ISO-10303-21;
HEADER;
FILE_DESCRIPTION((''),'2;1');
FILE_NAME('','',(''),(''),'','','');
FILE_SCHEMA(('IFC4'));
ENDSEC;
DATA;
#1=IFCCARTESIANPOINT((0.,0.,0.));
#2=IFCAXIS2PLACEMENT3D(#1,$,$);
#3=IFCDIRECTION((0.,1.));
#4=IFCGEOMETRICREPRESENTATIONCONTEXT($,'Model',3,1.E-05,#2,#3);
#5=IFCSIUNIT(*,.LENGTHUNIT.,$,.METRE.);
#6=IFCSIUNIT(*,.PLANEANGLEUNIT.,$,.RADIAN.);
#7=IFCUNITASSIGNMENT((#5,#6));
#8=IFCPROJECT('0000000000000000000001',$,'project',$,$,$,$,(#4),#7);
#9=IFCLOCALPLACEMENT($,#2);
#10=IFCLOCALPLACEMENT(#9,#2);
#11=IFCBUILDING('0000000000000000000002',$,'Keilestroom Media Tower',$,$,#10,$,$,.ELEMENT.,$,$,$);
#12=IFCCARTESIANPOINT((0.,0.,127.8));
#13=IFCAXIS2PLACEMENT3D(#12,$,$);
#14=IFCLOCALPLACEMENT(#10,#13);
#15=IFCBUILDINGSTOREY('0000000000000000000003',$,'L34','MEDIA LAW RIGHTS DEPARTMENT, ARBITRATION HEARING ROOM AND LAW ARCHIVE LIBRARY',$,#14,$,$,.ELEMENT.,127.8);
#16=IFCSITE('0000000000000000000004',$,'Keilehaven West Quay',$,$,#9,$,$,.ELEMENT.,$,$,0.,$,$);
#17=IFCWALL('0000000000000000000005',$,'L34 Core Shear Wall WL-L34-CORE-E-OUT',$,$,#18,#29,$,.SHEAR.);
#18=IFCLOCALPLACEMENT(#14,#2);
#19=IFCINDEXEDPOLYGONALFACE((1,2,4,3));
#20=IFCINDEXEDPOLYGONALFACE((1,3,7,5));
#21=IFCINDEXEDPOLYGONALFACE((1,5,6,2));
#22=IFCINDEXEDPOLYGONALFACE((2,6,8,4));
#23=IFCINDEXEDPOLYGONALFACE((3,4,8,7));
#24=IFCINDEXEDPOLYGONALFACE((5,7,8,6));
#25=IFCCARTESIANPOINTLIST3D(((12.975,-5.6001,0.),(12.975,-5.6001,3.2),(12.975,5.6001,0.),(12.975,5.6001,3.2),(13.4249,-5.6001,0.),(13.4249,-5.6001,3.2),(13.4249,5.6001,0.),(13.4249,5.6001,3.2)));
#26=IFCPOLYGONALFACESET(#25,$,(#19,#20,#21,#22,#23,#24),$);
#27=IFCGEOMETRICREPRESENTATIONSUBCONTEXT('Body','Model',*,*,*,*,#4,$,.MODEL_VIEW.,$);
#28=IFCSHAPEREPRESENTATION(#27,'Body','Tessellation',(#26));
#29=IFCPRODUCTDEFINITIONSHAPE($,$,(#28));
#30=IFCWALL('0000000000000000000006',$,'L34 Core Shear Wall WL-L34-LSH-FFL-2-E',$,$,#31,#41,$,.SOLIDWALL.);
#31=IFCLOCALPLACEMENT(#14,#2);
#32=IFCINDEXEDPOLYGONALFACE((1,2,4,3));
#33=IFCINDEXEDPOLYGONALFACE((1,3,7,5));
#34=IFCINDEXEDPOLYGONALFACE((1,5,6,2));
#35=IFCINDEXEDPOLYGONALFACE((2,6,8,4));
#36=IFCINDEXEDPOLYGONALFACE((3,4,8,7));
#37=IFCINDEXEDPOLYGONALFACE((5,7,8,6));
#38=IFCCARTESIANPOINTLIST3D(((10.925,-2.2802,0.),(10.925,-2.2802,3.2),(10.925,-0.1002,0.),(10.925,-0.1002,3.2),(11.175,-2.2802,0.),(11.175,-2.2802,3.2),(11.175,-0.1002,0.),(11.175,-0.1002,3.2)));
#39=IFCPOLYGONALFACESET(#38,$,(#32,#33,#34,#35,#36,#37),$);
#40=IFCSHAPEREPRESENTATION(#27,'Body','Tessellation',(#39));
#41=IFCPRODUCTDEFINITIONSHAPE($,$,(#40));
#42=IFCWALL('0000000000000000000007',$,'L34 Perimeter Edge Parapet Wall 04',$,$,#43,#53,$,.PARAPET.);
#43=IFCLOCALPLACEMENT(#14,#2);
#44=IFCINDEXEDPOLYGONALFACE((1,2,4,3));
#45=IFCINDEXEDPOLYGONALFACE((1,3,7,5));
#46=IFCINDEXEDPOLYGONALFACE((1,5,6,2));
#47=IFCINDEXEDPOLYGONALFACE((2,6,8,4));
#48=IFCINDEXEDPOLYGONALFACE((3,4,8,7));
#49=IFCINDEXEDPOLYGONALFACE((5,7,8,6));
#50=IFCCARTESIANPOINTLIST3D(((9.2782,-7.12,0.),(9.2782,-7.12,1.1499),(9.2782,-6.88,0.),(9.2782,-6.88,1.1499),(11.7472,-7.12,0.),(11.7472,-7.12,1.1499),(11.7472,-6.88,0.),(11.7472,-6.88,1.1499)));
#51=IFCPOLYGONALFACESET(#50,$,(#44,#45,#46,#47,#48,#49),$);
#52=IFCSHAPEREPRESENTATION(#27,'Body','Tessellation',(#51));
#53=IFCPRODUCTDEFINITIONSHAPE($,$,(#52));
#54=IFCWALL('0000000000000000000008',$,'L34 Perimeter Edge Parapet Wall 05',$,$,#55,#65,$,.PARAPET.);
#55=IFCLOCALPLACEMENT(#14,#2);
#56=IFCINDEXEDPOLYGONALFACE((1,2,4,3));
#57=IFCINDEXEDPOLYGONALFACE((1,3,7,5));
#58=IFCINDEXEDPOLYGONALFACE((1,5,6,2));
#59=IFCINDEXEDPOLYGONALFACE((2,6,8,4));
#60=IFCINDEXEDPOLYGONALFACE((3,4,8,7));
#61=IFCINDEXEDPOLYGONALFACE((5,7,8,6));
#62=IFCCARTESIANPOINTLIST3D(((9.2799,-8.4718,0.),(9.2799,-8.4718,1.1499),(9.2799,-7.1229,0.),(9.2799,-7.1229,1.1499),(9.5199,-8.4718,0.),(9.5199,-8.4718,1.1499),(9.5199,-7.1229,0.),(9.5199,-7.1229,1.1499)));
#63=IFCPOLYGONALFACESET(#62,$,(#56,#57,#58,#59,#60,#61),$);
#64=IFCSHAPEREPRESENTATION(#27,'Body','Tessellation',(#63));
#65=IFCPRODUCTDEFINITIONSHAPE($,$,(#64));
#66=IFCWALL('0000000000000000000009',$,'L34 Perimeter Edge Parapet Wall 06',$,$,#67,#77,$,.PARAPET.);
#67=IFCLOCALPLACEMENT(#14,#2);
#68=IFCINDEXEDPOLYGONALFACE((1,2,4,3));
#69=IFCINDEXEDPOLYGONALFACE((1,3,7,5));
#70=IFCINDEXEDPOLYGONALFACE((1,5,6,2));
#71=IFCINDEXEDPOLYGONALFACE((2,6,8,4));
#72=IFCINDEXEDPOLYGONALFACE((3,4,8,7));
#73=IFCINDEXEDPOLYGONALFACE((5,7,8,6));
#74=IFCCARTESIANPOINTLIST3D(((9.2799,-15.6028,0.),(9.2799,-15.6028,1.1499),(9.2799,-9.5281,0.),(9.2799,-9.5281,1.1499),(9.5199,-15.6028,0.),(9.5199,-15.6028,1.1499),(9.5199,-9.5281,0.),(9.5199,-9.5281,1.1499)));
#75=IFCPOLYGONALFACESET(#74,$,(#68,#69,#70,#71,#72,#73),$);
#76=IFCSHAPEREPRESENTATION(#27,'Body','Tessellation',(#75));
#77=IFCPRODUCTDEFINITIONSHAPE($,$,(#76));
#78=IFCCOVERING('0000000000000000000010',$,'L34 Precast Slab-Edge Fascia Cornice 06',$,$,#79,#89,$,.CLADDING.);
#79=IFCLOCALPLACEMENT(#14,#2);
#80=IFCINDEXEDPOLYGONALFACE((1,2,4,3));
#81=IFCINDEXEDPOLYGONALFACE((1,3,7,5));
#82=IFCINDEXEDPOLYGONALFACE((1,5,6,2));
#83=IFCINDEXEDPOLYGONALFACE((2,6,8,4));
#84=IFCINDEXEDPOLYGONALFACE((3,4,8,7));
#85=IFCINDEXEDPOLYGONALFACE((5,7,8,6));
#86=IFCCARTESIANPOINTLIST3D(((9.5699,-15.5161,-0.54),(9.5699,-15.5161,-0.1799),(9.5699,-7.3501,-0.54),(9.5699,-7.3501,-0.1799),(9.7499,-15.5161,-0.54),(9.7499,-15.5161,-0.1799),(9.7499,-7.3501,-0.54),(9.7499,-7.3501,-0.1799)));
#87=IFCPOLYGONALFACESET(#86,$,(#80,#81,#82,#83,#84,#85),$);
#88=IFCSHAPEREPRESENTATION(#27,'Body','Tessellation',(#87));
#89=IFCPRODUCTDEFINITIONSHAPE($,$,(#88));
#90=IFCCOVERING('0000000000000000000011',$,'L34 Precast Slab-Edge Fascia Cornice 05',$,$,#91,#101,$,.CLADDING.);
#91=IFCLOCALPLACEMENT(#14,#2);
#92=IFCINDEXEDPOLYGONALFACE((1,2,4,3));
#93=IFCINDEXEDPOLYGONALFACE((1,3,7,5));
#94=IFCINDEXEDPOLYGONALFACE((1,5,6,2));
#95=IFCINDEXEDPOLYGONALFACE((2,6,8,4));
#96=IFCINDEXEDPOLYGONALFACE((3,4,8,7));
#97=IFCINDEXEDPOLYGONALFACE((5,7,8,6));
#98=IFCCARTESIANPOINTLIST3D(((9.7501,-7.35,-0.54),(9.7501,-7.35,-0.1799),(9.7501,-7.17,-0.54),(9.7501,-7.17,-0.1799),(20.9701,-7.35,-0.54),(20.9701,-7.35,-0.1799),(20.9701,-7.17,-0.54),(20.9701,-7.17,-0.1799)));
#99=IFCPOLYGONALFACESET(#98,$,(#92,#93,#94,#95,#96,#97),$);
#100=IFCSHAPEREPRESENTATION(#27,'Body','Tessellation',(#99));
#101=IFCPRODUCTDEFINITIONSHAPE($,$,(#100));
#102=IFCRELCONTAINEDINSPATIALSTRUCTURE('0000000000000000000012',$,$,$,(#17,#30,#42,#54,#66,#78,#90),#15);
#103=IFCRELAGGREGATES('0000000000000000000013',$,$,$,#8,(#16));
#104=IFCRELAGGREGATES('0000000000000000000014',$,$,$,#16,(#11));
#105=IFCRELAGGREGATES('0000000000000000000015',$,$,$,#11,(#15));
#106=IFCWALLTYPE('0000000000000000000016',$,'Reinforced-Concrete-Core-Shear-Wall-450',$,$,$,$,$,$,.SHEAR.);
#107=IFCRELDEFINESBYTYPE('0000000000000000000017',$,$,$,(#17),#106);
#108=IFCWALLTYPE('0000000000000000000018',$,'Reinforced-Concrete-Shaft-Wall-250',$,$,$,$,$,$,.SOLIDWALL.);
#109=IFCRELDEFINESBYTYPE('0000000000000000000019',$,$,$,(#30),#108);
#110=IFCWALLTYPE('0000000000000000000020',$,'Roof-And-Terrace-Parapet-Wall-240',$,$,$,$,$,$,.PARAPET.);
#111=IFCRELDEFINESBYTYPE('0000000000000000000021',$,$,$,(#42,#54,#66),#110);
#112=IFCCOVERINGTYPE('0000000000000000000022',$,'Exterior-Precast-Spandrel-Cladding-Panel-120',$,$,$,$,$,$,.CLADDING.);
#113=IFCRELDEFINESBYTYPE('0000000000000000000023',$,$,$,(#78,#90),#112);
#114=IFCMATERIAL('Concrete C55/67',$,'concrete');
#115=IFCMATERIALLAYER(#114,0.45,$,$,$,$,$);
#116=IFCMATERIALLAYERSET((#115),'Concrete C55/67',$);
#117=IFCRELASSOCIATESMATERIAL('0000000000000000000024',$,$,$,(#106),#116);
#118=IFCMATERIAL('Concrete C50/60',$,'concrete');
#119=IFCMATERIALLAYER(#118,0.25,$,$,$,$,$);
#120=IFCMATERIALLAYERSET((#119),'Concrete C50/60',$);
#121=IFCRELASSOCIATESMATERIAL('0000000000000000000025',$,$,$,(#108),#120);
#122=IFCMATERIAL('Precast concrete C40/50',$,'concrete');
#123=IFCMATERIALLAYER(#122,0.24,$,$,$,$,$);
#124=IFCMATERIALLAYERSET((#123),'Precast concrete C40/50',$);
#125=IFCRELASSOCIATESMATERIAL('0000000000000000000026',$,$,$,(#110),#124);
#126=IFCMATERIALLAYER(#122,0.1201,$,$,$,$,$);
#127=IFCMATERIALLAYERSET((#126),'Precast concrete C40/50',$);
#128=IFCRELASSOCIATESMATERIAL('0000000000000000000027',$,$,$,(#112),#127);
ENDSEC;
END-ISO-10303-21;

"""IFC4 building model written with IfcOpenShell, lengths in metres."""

from ifc_helpers import new_model, si_unit, direction, frame, frame_2d, origin, origin_2d, place, context, subcontext, project, spatial, rectangle, extrude, source, transform, mapped, material, layer, layer_set, type_object, element, save


model = new_model("IFC4")

# Units and contexts
model_context = context("Model", 3, precision=1e-05, world=origin(), true_north=direction((0.0, 1.0)))
body_context = subcontext(model_context, "Body", "Model", "MODEL_VIEW")
ifc_project = project(units=[si_unit("LENGTHUNIT", "METRE"), si_unit("PLANEANGLEUNIT", "RADIAN")], contexts=[model_context])

# Site, building, storey
site_placement = place(None, origin())
site = spatial("IfcSite", under=ifc_project, at=site_placement, Name="Keilehaven West Quay", CompositionType="ELEMENT", RefElevation=0.0)
building_placement = place(site_placement, origin())
building = spatial("IfcBuilding", under=site, at=building_placement, Name="Keilestroom Media Tower", CompositionType="ELEMENT")
storey_placement = place(building_placement, frame((0.0, 0.0, 127.8)))
storey = spatial("IfcBuildingStorey", under=building, at=storey_placement, Name="L34", Description="MEDIA LAW RIGHTS DEPARTMENT, ARBITRATION HEARING ROOM AND LAW ARCHIVE LIBRARY", CompositionType="ELEMENT", Elevation=127.8)

# Shared definitions
ifc_material_1 = material(Name="Precast concrete C40/50", Category="concrete")
ifc_material_2 = material(Name="Concrete C55/67", Category="concrete")

# Walls
ifc_layer_1 = layer(ifc_material_2, 0.45)
ifc_layer_set_1 = layer_set([ifc_layer_1], Name="Concrete C55/67")
wall_type_1 = type_object("IfcWallType", Name="Reinforced-Concrete-Core-Shear-Wall-450", PredefinedType="SHEAR", material=ifc_layer_set_1)
wall_1_placement = place(storey_placement, frame((13.2, -5.6001, 0.0), z_axis=(0.0, 0.0, 1.0), x_axis=(0.0, 1.0, 0.0)))
element("IfcWall", 1, at=wall_1_placement, inside=storey, type_object=wall_type_1, Name="L34 Core Shear Wall WL-L34-CORE-E-OUT", PredefinedType="SHEAR", context=body_context, shape_type="SweptSolid", body=[
    extrude(rectangle(XDim=11.2002, YDim=0.45, at=frame_2d((5.6001, 0.0))), origin(), (0.0, 0.0, 1.0), 3.2),
])
ifc_material_3 = material(Name="Concrete C50/60", Category="concrete")
ifc_layer_2 = layer(ifc_material_3, 0.25)
ifc_layer_set_2 = layer_set([ifc_layer_2], Name="Concrete C50/60")
wall_type_2 = type_object("IfcWallType", Name="Reinforced-Concrete-Shaft-Wall-250", PredefinedType="SOLIDWALL", material=ifc_layer_set_2)
wall_2_placement = place(storey_placement, frame((11.05, -2.28, 0.0), z_axis=(0.0, 0.0, 1.0), x_axis=(0.0, 1.0, 0.0)))
element("IfcWall", 2, at=wall_2_placement, inside=storey, type_object=wall_type_2, Name="L34 Core Shear Wall WL-L34-LSH-FFL-2-E", PredefinedType="SOLIDWALL", context=body_context, shape_type="SweptSolid", body=[
    extrude(rectangle(XDim=2.1799, YDim=0.25, at=frame_2d((1.0898, 0.0))), origin(), (0.0, 0.0, 1.0), 3.2),
])
ifc_layer_3 = layer(ifc_material_1, 0.24)
ifc_layer_set_3 = layer_set([ifc_layer_3], Name="Precast concrete C40/50")
wall_type_3 = type_object("IfcWallType", Name="Roof-And-Terrace-Parapet-Wall-240", PredefinedType="PARAPET", material=ifc_layer_set_3)
wall_3_placement = place(storey_placement, frame((11.7471, -7.0, 0.0), z_axis=(0.0, 0.0, 1.0), x_axis=(-1.0, 0.0, 0.0)))
element("IfcWall", 3, at=wall_3_placement, inside=storey, type_object=wall_type_3, Name="L34 Perimeter Edge Parapet Wall 04", PredefinedType="PARAPET", context=body_context, shape_type="SweptSolid", body=[
    extrude(rectangle(XDim=2.469, YDim=0.24, at=frame_2d((1.2344, 0.0))), origin(), (0.0, 0.0, 1.0), 1.1499),
])
wall_4_placement = place(storey_placement, frame((9.3999, -7.123, 0.0), z_axis=(0.0, 0.0, 1.0), x_axis=(0.0, -1.0, 0.0)))
element("IfcWall", 4, at=wall_4_placement, inside=storey, type_object=wall_type_3, Name="L34 Perimeter Edge Parapet Wall 05", PredefinedType="PARAPET", context=body_context, shape_type="SweptSolid", body=[
    extrude(rectangle(XDim=1.3489, YDim=0.24, at=frame_2d((0.6743, 0.0))), origin(), (0.0, 0.0, 1.0), 1.1499),
])
wall_5_placement = place(storey_placement, frame((9.3999, -9.5281, 0.0), z_axis=(0.0, 0.0, 1.0), x_axis=(0.0, -1.0, 0.0)))
element("IfcWall", 5, at=wall_5_placement, inside=storey, type_object=wall_type_3, Name="L34 Perimeter Edge Parapet Wall 06", PredefinedType="PARAPET", context=body_context, shape_type="SweptSolid", body=[
    extrude(rectangle(XDim=6.0747, YDim=0.24, at=frame_2d((3.0374, 0.0))), origin(), (0.0, 0.0, 1.0), 1.1499),
])

# Coverings
ifc_layer_4 = layer(ifc_material_1, 0.1201)
ifc_layer_set_4 = layer_set([ifc_layer_4], Name="Precast concrete C40/50")
covering_type = type_object("IfcCoveringType", Name="Exterior-Precast-Spandrel-Cladding-Panel-120", PredefinedType="CLADDING", material=ifc_layer_set_4)
shared_shape_1 = source(origin(), body_context, "Body", "SweptSolid", [
    extrude(rectangle(XDim=8.166, YDim=0.1799, at=origin_2d()), origin(), (0.0, 0.0, 1.0), 0.3601),
])
covering_1_placement = place(storey_placement, frame((9.6599, -11.4331, -0.54), z_axis=(0.0, 0.0, 1.0), x_axis=(0.0, -1.0, 0.0)))
element("IfcCovering", 6, at=covering_1_placement, inside=storey, type_object=covering_type, Name="L34 Precast Slab-Edge Fascia Cornice 06", PredefinedType="CLADDING", context=body_context, shape_type="MappedRepresentation", body=[
    mapped(shared_shape_1, transform((0.0, 0.0, 0.0), x_axis=(1.0, 0.0, 0.0), y_axis=(0.0, 1.0, 0.0), z_axis=(0.0, 0.0, 1.0), scale=1.0)),
])
shared_shape_2 = source(origin(), body_context, "Body", "SweptSolid", [
    extrude(rectangle(XDim=11.22, YDim=0.1799, at=origin_2d()), origin(), (0.0, 0.0, 1.0), 0.3601),
])
covering_2_placement = place(storey_placement, frame((15.3601, -7.26, -0.54), z_axis=(0.0, 0.0, 1.0), x_axis=(-1.0, 0.0, 0.0)))
element("IfcCovering", 7, at=covering_2_placement, inside=storey, type_object=covering_type, Name="L34 Precast Slab-Edge Fascia Cornice 05", PredefinedType="CLADDING", context=body_context, shape_type="MappedRepresentation", body=[
    mapped(shared_shape_2, transform((0.0, 0.0, 0.0), x_axis=(1.0, 0.0, 0.0), y_axis=(0.0, 1.0, 0.0), z_axis=(0.0, 0.0, 1.0), scale=1.0)),
])

save(model, "model.ifc")
